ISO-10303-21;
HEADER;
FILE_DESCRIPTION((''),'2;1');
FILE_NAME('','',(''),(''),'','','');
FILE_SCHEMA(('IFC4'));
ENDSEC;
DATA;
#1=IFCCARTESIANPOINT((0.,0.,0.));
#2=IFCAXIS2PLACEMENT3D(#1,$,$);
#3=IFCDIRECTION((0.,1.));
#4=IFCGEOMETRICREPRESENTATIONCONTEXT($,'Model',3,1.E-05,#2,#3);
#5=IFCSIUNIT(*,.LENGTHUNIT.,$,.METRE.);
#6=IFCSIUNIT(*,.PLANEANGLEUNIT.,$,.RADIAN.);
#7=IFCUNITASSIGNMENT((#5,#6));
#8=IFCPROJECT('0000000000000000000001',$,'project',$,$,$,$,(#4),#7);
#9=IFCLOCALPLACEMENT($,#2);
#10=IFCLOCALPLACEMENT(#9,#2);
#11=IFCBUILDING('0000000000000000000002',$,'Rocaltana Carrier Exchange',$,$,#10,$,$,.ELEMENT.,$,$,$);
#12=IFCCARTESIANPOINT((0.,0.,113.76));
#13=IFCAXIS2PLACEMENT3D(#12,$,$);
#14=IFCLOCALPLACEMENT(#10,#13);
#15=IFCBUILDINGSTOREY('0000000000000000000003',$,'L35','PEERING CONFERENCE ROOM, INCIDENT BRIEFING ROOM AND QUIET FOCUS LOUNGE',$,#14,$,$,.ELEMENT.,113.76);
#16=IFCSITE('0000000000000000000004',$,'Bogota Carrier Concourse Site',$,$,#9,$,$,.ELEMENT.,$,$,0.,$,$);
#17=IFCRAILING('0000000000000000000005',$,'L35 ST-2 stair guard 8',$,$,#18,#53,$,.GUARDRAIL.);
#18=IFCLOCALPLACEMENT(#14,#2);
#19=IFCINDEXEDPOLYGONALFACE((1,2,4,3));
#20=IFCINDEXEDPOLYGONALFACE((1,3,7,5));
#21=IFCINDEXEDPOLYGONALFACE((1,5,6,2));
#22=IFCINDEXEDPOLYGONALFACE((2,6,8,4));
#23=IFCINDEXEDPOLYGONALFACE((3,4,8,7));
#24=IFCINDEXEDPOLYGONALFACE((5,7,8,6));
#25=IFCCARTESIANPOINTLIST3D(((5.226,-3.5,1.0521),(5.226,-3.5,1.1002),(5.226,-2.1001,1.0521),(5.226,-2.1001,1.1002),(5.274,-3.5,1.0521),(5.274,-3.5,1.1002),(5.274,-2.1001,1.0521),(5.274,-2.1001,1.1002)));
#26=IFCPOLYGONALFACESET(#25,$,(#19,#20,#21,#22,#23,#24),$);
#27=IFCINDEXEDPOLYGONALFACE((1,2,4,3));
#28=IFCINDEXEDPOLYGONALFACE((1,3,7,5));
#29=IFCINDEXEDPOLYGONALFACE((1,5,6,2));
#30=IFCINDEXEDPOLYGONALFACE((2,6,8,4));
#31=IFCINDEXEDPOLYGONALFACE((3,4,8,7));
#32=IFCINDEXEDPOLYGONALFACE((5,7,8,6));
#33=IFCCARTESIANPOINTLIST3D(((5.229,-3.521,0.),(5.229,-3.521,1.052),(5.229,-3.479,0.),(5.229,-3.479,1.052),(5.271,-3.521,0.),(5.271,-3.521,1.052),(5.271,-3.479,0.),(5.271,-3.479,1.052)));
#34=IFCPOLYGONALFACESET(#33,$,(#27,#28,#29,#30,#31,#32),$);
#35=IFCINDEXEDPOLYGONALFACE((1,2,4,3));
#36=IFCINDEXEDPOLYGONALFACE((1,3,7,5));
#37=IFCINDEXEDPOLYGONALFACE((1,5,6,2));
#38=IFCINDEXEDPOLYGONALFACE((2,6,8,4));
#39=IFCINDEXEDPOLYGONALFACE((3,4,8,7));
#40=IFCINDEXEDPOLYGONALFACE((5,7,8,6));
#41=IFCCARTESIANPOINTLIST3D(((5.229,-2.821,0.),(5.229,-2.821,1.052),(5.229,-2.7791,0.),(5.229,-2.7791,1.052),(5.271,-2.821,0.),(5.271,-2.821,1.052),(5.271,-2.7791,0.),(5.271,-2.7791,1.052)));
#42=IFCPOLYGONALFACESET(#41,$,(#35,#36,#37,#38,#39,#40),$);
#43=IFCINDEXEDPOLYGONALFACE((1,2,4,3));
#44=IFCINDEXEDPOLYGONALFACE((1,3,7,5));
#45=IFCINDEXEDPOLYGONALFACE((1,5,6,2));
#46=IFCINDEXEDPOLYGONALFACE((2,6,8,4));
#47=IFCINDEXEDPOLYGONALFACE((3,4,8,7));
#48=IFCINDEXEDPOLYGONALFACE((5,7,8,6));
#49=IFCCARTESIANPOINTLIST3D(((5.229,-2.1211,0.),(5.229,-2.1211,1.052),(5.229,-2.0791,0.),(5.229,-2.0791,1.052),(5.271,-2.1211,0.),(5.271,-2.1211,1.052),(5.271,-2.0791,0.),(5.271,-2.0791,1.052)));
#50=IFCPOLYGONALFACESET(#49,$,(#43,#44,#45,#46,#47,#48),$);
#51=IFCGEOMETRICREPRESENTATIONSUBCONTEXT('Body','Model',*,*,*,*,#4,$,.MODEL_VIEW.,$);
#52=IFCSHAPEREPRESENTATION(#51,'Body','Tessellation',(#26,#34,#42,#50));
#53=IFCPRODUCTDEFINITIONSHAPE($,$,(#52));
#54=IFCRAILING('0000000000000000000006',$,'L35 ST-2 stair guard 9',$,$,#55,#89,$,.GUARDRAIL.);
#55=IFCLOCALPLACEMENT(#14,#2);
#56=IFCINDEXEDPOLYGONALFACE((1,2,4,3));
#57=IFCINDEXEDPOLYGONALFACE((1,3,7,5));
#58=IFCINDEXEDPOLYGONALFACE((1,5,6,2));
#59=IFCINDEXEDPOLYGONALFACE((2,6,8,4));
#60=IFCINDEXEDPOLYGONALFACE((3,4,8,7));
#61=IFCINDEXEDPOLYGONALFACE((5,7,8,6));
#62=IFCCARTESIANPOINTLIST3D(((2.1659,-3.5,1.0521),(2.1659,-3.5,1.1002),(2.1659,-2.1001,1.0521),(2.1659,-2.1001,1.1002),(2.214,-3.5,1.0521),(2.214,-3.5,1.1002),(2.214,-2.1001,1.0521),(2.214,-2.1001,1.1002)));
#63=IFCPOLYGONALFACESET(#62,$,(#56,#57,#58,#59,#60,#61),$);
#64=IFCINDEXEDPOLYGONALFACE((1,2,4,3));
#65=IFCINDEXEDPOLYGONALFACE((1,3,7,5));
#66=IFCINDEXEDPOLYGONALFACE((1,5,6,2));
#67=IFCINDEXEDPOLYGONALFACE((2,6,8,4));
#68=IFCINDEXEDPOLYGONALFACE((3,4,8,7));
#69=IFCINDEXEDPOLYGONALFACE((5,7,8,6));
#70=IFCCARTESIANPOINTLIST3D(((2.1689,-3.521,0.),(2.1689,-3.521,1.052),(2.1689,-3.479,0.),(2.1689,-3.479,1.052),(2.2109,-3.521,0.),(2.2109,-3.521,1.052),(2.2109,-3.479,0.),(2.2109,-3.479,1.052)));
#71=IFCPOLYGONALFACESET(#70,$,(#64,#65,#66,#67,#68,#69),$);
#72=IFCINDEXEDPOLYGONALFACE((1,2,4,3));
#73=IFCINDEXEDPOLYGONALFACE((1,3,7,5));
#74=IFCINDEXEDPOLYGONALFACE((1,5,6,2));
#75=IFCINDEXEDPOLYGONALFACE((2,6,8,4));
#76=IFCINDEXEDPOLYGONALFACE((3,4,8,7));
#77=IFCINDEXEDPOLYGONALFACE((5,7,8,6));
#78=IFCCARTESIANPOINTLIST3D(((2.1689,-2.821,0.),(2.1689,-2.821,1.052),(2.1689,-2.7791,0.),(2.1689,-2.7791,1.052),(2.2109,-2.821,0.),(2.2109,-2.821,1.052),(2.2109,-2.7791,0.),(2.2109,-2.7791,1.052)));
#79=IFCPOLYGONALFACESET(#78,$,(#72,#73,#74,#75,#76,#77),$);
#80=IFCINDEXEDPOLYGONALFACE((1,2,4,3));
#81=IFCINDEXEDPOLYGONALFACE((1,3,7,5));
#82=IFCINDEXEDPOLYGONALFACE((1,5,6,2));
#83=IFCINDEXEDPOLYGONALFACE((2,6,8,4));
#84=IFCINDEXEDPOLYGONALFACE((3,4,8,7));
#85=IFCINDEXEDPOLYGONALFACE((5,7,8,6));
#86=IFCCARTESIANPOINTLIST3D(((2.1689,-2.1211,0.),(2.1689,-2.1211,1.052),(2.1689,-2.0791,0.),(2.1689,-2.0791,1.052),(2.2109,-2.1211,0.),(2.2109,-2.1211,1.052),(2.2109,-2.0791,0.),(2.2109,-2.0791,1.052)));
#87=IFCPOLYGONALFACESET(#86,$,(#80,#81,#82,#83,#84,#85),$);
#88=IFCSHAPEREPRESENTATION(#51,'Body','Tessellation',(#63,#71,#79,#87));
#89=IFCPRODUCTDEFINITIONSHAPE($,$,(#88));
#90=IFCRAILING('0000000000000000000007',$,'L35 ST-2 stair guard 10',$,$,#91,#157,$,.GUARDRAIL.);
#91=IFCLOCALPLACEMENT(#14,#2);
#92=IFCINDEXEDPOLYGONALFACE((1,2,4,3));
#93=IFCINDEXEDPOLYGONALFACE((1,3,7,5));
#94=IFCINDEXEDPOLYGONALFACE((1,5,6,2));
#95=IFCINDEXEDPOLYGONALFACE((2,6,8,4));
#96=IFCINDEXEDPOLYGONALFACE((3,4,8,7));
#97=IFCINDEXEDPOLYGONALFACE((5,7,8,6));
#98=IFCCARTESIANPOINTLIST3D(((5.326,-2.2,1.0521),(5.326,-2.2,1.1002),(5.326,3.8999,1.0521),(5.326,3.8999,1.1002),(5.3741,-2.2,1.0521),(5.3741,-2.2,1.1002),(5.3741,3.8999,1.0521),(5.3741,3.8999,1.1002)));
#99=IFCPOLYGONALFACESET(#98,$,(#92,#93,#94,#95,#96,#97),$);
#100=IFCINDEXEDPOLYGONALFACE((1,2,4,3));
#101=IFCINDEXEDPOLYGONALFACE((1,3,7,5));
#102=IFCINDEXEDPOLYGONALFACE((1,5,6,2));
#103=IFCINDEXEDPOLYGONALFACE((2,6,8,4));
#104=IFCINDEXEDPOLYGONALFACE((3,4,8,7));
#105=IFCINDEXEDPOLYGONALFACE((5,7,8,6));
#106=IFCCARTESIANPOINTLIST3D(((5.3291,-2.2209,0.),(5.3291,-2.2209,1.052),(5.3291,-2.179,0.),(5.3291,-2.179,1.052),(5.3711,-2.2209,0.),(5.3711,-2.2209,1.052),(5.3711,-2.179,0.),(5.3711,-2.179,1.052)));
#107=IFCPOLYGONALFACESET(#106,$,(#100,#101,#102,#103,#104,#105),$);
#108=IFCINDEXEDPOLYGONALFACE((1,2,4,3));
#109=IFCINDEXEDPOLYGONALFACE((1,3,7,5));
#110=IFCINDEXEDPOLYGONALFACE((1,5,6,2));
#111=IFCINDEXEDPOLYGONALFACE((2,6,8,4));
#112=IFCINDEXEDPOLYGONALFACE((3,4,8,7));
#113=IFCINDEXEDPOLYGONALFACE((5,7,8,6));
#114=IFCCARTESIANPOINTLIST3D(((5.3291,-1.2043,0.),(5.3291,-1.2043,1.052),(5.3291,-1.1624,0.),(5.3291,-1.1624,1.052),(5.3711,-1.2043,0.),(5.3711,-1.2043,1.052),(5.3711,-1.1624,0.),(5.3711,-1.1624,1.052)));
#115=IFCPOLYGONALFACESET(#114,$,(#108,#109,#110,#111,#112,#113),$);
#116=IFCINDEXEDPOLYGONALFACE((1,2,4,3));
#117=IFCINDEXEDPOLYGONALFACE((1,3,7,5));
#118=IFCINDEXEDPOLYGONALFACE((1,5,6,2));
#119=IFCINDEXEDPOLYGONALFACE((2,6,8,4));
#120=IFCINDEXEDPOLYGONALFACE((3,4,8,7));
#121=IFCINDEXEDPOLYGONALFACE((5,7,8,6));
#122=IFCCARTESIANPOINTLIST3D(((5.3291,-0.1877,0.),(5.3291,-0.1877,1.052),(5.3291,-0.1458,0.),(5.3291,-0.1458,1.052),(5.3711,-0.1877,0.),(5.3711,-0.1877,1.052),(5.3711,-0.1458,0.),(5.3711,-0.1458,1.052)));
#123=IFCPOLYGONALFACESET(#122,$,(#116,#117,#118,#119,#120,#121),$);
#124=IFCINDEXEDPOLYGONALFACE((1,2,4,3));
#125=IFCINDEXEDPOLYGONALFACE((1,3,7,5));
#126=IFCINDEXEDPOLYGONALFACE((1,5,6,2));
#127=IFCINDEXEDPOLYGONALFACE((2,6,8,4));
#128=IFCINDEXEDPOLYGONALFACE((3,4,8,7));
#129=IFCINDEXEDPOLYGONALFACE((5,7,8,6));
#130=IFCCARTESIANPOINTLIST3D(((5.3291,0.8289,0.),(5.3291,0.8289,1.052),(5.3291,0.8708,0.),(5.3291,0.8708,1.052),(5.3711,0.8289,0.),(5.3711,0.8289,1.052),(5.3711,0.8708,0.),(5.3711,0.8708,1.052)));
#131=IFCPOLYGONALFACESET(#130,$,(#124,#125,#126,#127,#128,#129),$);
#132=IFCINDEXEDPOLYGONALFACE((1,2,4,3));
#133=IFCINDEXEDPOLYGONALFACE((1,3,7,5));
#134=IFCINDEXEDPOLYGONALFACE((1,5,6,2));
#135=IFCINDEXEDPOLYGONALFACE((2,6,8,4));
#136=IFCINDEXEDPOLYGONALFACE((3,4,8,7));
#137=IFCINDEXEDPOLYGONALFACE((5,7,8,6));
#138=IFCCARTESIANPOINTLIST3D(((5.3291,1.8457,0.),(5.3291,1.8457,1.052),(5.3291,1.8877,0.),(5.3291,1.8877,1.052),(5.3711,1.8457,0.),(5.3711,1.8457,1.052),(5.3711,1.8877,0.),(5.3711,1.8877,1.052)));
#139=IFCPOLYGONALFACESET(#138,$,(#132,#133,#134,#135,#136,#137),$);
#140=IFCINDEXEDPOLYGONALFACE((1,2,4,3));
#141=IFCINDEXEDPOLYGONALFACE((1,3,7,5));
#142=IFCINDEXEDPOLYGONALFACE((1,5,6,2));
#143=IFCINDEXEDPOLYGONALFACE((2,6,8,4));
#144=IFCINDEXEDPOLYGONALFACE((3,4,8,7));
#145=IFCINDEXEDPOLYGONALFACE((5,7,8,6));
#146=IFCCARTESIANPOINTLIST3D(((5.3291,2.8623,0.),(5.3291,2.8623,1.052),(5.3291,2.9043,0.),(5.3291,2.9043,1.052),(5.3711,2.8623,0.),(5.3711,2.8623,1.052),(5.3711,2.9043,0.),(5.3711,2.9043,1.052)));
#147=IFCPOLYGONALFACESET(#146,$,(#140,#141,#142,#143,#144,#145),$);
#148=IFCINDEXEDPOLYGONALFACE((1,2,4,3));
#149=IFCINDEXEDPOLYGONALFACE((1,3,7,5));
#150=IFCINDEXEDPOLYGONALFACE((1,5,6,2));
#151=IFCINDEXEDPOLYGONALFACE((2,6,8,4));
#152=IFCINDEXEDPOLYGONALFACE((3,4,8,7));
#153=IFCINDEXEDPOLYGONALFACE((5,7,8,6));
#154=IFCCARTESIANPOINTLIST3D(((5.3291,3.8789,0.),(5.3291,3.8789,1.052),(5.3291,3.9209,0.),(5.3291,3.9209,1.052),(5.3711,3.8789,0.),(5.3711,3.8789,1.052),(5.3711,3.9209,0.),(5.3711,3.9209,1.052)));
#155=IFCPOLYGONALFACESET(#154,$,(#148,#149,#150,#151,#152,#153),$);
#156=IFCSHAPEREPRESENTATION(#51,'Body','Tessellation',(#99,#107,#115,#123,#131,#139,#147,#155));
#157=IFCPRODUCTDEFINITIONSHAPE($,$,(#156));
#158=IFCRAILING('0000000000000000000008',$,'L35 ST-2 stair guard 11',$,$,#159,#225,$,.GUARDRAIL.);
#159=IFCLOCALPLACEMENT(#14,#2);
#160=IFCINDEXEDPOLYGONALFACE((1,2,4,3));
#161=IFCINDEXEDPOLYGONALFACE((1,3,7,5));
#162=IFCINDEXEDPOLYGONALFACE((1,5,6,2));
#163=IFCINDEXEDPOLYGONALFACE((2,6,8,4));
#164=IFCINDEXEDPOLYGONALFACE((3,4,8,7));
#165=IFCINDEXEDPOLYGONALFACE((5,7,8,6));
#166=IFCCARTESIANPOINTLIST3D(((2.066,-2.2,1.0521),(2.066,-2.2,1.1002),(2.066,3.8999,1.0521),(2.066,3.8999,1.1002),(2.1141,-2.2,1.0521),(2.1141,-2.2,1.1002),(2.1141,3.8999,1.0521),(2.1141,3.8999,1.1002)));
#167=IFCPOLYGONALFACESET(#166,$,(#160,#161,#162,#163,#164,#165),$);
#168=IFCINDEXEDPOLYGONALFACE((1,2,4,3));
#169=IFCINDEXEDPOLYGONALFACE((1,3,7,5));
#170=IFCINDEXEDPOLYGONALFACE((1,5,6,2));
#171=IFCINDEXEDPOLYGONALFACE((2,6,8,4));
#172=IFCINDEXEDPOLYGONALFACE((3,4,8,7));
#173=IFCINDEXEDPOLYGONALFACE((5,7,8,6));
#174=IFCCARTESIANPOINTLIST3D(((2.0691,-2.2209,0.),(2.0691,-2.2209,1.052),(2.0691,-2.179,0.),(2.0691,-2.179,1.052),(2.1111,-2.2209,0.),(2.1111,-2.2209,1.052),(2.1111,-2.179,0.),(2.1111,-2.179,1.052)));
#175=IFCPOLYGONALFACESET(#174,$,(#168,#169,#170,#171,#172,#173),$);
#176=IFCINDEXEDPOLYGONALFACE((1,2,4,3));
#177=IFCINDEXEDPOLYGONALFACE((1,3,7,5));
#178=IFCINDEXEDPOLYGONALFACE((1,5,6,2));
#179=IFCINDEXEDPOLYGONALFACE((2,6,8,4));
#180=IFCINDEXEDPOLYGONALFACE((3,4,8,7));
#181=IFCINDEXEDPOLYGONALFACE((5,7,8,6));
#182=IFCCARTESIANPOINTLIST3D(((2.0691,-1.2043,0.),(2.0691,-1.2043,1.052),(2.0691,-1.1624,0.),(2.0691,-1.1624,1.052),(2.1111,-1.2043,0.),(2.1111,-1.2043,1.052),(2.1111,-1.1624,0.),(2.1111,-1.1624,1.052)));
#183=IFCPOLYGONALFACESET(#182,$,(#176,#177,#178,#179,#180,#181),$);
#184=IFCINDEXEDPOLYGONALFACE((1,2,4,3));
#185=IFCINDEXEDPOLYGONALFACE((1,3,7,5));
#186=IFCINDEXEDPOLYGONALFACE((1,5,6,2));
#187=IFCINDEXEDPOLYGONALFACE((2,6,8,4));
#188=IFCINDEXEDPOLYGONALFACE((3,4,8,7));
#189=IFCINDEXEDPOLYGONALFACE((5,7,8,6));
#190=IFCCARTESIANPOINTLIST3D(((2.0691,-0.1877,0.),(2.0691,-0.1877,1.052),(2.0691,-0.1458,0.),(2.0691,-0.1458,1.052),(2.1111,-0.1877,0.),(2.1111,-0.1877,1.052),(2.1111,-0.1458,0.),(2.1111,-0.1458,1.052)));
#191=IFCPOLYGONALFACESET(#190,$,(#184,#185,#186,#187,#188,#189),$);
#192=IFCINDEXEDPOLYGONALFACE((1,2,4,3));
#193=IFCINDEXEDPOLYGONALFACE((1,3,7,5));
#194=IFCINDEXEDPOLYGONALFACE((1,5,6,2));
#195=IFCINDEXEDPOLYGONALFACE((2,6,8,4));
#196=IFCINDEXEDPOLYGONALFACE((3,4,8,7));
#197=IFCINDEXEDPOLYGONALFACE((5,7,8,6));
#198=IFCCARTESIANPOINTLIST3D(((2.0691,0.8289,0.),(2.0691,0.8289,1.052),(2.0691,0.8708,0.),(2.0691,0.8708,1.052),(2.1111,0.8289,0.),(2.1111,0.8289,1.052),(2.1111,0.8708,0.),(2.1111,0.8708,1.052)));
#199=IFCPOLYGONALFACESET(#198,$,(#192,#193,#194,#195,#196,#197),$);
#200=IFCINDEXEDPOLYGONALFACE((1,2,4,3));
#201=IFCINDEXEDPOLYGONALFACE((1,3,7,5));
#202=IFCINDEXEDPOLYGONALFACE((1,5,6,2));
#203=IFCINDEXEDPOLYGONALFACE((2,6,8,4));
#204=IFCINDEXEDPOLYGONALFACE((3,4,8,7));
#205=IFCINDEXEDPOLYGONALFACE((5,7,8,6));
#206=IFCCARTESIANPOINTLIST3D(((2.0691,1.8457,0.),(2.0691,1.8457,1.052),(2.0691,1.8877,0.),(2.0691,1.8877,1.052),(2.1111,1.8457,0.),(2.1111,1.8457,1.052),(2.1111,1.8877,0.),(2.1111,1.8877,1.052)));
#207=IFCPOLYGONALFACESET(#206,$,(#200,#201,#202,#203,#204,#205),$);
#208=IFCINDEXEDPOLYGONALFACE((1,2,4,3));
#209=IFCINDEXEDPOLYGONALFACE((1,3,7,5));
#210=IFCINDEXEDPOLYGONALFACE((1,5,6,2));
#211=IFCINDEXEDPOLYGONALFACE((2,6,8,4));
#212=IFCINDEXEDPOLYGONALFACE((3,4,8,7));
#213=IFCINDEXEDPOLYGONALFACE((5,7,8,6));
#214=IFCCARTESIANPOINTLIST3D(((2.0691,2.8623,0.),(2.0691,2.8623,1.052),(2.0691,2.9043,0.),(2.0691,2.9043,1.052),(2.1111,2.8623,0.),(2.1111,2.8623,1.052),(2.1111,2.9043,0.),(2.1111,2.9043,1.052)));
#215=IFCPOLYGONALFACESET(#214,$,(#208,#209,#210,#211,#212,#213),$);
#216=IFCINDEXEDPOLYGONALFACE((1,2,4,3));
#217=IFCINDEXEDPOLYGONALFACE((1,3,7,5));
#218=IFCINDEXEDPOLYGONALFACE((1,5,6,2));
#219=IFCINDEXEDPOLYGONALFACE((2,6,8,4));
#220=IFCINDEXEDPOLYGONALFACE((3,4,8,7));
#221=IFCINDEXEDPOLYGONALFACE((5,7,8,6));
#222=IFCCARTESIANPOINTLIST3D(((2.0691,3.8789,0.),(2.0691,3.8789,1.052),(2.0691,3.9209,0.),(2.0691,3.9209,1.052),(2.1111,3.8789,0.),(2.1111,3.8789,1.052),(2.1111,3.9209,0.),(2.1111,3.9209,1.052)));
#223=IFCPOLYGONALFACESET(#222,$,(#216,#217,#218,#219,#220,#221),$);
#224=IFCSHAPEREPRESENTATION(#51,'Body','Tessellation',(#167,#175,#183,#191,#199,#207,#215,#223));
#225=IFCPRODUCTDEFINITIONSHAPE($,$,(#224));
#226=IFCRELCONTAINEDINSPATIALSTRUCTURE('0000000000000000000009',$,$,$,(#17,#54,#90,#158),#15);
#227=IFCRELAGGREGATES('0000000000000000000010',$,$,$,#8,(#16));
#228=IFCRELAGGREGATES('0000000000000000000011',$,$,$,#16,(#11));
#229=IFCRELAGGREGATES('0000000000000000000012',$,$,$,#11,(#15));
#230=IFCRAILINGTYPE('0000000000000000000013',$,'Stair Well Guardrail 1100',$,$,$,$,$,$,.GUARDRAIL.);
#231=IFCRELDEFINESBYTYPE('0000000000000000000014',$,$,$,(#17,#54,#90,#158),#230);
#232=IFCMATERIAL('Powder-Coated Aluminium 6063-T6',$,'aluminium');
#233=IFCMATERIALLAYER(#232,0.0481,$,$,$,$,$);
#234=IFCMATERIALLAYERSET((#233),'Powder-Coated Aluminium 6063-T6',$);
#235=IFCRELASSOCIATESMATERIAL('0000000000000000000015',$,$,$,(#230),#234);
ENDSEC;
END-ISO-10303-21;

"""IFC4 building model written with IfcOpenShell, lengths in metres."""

from ifc_helpers import new_model, si_unit, direction, frame, origin, origin_2d, place, context, subcontext, project, spatial, rectangle, extrude, material, layer, layer_set, type_object, element, save


model = new_model("IFC4")

# Units and contexts
model_context = context("Model", 3, precision=1e-05, world=origin(), true_north=direction((0.0, 1.0)))
body_context = subcontext(model_context, "Body", "Model", "MODEL_VIEW")
ifc_project = project(units=[si_unit("LENGTHUNIT", "METRE"), si_unit("PLANEANGLEUNIT", "RADIAN")], contexts=[model_context])

# Site, building, storey
site_placement = place(None, origin())
site = spatial("IfcSite", under=ifc_project, at=site_placement, Name="Bogota Carrier Concourse Site", CompositionType="ELEMENT", RefElevation=0.0)
building_placement = place(site_placement, origin())
building = spatial("IfcBuilding", under=site, at=building_placement, Name="Rocaltana Carrier Exchange", CompositionType="ELEMENT")
storey_placement = place(building_placement, frame((0.0, 0.0, 113.76)))
storey = spatial("IfcBuildingStorey", under=building, at=storey_placement, Name="L35", Description="PEERING CONFERENCE ROOM, INCIDENT BRIEFING ROOM AND QUIET FOCUS LOUNGE", CompositionType="ELEMENT", Elevation=113.76)

# Railings
ifc_material_1 = material(Name="Powder-Coated Aluminium 6063-T6", Category="aluminium")
ifc_layer_1 = layer(ifc_material_1, 0.0481)
ifc_layer_set_1 = layer_set([ifc_layer_1], Name="Powder-Coated Aluminium 6063-T6")
railing_type_1 = type_object("IfcRailingType", Name="Stair Well Guardrail 1100", PredefinedType="GUARDRAIL", material=ifc_layer_set_1)
for number, where, name in (
    (1, (5.25, -3.5, 0.0), "L35 ST-2 stair guard 8"),
    (2, (2.1899, -3.5, 0.0), "L35 ST-2 stair guard 9"),
):
    element("IfcRailing", number, at=place(storey_placement, frame(where)), inside=storey, type_object=railing_type_1, Name=name, PredefinedType="GUARDRAIL", context=body_context, shape_type="SweptSolid", body=[
        extrude(rectangle(XDim=0.0481, YDim=0.0481, at=origin_2d()), frame((0.0, 0.0, 1.0762), z_axis=(0.0, 1.0, 0.0), x_axis=(-1.0, 0.0, 0.0)), (0.0, 0.0, 1.0), 1.3999),
        extrude(rectangle(XDim=0.042, YDim=0.042, at=origin_2d()), origin(), (0.0, 0.0, 1.0), 1.052),
        extrude(rectangle(XDim=0.042, YDim=0.042, at=origin_2d()), frame((0.0, 0.7, 0.0)), (0.0, 0.0, 1.0), 1.052),
        extrude(rectangle(XDim=0.042, YDim=0.042, at=origin_2d()), frame((0.0, 1.3999, 0.0)), (0.0, 0.0, 1.0), 1.052),
    ])
for number, where, name in (
    (3, (5.3501, -2.2, 0.0), "L35 ST-2 stair guard 10"),
    (4, (2.0901, -2.2, 0.0), "L35 ST-2 stair guard 11"),
):
    element("IfcRailing", number, at=place(storey_placement, frame(where)), inside=storey, type_object=railing_type_1, Name=name, PredefinedType="GUARDRAIL", context=body_context, shape_type="SweptSolid", body=[
        extrude(rectangle(XDim=0.0481, YDim=0.0481, at=origin_2d()), frame((0.0, 0.0, 1.0762), z_axis=(0.0, 1.0, 0.0), x_axis=(-1.0, 0.0, 0.0)), (0.0, 0.0, 1.0), 6.0999),
        extrude(rectangle(XDim=0.042, YDim=0.042, at=origin_2d()), origin(), (0.0, 0.0, 1.0), 1.052),
        extrude(rectangle(XDim=0.042, YDim=0.042, at=origin_2d()), frame((0.0, 1.0166, 0.0)), (0.0, 0.0, 1.0), 1.052),
        extrude(rectangle(XDim=0.042, YDim=0.042, at=origin_2d()), frame((0.0, 2.0332, 0.0)), (0.0, 0.0, 1.0), 1.052),
        extrude(rectangle(XDim=0.042, YDim=0.042, at=origin_2d()), frame((0.0, 3.0498, 0.0)), (0.0, 0.0, 1.0), 1.052),
        extrude(rectangle(XDim=0.042, YDim=0.042, at=origin_2d()), frame((0.0, 4.0667, 0.0)), (0.0, 0.0, 1.0), 1.052),
        extrude(rectangle(XDim=0.042, YDim=0.042, at=origin_2d()), frame((0.0, 5.0833, 0.0)), (0.0, 0.0, 1.0), 1.052),
        extrude(rectangle(XDim=0.042, YDim=0.042, at=origin_2d()), frame((0.0, 6.0999, 0.0)), (0.0, 0.0, 1.0), 1.052),
    ])

save(model, "model.ifc")
